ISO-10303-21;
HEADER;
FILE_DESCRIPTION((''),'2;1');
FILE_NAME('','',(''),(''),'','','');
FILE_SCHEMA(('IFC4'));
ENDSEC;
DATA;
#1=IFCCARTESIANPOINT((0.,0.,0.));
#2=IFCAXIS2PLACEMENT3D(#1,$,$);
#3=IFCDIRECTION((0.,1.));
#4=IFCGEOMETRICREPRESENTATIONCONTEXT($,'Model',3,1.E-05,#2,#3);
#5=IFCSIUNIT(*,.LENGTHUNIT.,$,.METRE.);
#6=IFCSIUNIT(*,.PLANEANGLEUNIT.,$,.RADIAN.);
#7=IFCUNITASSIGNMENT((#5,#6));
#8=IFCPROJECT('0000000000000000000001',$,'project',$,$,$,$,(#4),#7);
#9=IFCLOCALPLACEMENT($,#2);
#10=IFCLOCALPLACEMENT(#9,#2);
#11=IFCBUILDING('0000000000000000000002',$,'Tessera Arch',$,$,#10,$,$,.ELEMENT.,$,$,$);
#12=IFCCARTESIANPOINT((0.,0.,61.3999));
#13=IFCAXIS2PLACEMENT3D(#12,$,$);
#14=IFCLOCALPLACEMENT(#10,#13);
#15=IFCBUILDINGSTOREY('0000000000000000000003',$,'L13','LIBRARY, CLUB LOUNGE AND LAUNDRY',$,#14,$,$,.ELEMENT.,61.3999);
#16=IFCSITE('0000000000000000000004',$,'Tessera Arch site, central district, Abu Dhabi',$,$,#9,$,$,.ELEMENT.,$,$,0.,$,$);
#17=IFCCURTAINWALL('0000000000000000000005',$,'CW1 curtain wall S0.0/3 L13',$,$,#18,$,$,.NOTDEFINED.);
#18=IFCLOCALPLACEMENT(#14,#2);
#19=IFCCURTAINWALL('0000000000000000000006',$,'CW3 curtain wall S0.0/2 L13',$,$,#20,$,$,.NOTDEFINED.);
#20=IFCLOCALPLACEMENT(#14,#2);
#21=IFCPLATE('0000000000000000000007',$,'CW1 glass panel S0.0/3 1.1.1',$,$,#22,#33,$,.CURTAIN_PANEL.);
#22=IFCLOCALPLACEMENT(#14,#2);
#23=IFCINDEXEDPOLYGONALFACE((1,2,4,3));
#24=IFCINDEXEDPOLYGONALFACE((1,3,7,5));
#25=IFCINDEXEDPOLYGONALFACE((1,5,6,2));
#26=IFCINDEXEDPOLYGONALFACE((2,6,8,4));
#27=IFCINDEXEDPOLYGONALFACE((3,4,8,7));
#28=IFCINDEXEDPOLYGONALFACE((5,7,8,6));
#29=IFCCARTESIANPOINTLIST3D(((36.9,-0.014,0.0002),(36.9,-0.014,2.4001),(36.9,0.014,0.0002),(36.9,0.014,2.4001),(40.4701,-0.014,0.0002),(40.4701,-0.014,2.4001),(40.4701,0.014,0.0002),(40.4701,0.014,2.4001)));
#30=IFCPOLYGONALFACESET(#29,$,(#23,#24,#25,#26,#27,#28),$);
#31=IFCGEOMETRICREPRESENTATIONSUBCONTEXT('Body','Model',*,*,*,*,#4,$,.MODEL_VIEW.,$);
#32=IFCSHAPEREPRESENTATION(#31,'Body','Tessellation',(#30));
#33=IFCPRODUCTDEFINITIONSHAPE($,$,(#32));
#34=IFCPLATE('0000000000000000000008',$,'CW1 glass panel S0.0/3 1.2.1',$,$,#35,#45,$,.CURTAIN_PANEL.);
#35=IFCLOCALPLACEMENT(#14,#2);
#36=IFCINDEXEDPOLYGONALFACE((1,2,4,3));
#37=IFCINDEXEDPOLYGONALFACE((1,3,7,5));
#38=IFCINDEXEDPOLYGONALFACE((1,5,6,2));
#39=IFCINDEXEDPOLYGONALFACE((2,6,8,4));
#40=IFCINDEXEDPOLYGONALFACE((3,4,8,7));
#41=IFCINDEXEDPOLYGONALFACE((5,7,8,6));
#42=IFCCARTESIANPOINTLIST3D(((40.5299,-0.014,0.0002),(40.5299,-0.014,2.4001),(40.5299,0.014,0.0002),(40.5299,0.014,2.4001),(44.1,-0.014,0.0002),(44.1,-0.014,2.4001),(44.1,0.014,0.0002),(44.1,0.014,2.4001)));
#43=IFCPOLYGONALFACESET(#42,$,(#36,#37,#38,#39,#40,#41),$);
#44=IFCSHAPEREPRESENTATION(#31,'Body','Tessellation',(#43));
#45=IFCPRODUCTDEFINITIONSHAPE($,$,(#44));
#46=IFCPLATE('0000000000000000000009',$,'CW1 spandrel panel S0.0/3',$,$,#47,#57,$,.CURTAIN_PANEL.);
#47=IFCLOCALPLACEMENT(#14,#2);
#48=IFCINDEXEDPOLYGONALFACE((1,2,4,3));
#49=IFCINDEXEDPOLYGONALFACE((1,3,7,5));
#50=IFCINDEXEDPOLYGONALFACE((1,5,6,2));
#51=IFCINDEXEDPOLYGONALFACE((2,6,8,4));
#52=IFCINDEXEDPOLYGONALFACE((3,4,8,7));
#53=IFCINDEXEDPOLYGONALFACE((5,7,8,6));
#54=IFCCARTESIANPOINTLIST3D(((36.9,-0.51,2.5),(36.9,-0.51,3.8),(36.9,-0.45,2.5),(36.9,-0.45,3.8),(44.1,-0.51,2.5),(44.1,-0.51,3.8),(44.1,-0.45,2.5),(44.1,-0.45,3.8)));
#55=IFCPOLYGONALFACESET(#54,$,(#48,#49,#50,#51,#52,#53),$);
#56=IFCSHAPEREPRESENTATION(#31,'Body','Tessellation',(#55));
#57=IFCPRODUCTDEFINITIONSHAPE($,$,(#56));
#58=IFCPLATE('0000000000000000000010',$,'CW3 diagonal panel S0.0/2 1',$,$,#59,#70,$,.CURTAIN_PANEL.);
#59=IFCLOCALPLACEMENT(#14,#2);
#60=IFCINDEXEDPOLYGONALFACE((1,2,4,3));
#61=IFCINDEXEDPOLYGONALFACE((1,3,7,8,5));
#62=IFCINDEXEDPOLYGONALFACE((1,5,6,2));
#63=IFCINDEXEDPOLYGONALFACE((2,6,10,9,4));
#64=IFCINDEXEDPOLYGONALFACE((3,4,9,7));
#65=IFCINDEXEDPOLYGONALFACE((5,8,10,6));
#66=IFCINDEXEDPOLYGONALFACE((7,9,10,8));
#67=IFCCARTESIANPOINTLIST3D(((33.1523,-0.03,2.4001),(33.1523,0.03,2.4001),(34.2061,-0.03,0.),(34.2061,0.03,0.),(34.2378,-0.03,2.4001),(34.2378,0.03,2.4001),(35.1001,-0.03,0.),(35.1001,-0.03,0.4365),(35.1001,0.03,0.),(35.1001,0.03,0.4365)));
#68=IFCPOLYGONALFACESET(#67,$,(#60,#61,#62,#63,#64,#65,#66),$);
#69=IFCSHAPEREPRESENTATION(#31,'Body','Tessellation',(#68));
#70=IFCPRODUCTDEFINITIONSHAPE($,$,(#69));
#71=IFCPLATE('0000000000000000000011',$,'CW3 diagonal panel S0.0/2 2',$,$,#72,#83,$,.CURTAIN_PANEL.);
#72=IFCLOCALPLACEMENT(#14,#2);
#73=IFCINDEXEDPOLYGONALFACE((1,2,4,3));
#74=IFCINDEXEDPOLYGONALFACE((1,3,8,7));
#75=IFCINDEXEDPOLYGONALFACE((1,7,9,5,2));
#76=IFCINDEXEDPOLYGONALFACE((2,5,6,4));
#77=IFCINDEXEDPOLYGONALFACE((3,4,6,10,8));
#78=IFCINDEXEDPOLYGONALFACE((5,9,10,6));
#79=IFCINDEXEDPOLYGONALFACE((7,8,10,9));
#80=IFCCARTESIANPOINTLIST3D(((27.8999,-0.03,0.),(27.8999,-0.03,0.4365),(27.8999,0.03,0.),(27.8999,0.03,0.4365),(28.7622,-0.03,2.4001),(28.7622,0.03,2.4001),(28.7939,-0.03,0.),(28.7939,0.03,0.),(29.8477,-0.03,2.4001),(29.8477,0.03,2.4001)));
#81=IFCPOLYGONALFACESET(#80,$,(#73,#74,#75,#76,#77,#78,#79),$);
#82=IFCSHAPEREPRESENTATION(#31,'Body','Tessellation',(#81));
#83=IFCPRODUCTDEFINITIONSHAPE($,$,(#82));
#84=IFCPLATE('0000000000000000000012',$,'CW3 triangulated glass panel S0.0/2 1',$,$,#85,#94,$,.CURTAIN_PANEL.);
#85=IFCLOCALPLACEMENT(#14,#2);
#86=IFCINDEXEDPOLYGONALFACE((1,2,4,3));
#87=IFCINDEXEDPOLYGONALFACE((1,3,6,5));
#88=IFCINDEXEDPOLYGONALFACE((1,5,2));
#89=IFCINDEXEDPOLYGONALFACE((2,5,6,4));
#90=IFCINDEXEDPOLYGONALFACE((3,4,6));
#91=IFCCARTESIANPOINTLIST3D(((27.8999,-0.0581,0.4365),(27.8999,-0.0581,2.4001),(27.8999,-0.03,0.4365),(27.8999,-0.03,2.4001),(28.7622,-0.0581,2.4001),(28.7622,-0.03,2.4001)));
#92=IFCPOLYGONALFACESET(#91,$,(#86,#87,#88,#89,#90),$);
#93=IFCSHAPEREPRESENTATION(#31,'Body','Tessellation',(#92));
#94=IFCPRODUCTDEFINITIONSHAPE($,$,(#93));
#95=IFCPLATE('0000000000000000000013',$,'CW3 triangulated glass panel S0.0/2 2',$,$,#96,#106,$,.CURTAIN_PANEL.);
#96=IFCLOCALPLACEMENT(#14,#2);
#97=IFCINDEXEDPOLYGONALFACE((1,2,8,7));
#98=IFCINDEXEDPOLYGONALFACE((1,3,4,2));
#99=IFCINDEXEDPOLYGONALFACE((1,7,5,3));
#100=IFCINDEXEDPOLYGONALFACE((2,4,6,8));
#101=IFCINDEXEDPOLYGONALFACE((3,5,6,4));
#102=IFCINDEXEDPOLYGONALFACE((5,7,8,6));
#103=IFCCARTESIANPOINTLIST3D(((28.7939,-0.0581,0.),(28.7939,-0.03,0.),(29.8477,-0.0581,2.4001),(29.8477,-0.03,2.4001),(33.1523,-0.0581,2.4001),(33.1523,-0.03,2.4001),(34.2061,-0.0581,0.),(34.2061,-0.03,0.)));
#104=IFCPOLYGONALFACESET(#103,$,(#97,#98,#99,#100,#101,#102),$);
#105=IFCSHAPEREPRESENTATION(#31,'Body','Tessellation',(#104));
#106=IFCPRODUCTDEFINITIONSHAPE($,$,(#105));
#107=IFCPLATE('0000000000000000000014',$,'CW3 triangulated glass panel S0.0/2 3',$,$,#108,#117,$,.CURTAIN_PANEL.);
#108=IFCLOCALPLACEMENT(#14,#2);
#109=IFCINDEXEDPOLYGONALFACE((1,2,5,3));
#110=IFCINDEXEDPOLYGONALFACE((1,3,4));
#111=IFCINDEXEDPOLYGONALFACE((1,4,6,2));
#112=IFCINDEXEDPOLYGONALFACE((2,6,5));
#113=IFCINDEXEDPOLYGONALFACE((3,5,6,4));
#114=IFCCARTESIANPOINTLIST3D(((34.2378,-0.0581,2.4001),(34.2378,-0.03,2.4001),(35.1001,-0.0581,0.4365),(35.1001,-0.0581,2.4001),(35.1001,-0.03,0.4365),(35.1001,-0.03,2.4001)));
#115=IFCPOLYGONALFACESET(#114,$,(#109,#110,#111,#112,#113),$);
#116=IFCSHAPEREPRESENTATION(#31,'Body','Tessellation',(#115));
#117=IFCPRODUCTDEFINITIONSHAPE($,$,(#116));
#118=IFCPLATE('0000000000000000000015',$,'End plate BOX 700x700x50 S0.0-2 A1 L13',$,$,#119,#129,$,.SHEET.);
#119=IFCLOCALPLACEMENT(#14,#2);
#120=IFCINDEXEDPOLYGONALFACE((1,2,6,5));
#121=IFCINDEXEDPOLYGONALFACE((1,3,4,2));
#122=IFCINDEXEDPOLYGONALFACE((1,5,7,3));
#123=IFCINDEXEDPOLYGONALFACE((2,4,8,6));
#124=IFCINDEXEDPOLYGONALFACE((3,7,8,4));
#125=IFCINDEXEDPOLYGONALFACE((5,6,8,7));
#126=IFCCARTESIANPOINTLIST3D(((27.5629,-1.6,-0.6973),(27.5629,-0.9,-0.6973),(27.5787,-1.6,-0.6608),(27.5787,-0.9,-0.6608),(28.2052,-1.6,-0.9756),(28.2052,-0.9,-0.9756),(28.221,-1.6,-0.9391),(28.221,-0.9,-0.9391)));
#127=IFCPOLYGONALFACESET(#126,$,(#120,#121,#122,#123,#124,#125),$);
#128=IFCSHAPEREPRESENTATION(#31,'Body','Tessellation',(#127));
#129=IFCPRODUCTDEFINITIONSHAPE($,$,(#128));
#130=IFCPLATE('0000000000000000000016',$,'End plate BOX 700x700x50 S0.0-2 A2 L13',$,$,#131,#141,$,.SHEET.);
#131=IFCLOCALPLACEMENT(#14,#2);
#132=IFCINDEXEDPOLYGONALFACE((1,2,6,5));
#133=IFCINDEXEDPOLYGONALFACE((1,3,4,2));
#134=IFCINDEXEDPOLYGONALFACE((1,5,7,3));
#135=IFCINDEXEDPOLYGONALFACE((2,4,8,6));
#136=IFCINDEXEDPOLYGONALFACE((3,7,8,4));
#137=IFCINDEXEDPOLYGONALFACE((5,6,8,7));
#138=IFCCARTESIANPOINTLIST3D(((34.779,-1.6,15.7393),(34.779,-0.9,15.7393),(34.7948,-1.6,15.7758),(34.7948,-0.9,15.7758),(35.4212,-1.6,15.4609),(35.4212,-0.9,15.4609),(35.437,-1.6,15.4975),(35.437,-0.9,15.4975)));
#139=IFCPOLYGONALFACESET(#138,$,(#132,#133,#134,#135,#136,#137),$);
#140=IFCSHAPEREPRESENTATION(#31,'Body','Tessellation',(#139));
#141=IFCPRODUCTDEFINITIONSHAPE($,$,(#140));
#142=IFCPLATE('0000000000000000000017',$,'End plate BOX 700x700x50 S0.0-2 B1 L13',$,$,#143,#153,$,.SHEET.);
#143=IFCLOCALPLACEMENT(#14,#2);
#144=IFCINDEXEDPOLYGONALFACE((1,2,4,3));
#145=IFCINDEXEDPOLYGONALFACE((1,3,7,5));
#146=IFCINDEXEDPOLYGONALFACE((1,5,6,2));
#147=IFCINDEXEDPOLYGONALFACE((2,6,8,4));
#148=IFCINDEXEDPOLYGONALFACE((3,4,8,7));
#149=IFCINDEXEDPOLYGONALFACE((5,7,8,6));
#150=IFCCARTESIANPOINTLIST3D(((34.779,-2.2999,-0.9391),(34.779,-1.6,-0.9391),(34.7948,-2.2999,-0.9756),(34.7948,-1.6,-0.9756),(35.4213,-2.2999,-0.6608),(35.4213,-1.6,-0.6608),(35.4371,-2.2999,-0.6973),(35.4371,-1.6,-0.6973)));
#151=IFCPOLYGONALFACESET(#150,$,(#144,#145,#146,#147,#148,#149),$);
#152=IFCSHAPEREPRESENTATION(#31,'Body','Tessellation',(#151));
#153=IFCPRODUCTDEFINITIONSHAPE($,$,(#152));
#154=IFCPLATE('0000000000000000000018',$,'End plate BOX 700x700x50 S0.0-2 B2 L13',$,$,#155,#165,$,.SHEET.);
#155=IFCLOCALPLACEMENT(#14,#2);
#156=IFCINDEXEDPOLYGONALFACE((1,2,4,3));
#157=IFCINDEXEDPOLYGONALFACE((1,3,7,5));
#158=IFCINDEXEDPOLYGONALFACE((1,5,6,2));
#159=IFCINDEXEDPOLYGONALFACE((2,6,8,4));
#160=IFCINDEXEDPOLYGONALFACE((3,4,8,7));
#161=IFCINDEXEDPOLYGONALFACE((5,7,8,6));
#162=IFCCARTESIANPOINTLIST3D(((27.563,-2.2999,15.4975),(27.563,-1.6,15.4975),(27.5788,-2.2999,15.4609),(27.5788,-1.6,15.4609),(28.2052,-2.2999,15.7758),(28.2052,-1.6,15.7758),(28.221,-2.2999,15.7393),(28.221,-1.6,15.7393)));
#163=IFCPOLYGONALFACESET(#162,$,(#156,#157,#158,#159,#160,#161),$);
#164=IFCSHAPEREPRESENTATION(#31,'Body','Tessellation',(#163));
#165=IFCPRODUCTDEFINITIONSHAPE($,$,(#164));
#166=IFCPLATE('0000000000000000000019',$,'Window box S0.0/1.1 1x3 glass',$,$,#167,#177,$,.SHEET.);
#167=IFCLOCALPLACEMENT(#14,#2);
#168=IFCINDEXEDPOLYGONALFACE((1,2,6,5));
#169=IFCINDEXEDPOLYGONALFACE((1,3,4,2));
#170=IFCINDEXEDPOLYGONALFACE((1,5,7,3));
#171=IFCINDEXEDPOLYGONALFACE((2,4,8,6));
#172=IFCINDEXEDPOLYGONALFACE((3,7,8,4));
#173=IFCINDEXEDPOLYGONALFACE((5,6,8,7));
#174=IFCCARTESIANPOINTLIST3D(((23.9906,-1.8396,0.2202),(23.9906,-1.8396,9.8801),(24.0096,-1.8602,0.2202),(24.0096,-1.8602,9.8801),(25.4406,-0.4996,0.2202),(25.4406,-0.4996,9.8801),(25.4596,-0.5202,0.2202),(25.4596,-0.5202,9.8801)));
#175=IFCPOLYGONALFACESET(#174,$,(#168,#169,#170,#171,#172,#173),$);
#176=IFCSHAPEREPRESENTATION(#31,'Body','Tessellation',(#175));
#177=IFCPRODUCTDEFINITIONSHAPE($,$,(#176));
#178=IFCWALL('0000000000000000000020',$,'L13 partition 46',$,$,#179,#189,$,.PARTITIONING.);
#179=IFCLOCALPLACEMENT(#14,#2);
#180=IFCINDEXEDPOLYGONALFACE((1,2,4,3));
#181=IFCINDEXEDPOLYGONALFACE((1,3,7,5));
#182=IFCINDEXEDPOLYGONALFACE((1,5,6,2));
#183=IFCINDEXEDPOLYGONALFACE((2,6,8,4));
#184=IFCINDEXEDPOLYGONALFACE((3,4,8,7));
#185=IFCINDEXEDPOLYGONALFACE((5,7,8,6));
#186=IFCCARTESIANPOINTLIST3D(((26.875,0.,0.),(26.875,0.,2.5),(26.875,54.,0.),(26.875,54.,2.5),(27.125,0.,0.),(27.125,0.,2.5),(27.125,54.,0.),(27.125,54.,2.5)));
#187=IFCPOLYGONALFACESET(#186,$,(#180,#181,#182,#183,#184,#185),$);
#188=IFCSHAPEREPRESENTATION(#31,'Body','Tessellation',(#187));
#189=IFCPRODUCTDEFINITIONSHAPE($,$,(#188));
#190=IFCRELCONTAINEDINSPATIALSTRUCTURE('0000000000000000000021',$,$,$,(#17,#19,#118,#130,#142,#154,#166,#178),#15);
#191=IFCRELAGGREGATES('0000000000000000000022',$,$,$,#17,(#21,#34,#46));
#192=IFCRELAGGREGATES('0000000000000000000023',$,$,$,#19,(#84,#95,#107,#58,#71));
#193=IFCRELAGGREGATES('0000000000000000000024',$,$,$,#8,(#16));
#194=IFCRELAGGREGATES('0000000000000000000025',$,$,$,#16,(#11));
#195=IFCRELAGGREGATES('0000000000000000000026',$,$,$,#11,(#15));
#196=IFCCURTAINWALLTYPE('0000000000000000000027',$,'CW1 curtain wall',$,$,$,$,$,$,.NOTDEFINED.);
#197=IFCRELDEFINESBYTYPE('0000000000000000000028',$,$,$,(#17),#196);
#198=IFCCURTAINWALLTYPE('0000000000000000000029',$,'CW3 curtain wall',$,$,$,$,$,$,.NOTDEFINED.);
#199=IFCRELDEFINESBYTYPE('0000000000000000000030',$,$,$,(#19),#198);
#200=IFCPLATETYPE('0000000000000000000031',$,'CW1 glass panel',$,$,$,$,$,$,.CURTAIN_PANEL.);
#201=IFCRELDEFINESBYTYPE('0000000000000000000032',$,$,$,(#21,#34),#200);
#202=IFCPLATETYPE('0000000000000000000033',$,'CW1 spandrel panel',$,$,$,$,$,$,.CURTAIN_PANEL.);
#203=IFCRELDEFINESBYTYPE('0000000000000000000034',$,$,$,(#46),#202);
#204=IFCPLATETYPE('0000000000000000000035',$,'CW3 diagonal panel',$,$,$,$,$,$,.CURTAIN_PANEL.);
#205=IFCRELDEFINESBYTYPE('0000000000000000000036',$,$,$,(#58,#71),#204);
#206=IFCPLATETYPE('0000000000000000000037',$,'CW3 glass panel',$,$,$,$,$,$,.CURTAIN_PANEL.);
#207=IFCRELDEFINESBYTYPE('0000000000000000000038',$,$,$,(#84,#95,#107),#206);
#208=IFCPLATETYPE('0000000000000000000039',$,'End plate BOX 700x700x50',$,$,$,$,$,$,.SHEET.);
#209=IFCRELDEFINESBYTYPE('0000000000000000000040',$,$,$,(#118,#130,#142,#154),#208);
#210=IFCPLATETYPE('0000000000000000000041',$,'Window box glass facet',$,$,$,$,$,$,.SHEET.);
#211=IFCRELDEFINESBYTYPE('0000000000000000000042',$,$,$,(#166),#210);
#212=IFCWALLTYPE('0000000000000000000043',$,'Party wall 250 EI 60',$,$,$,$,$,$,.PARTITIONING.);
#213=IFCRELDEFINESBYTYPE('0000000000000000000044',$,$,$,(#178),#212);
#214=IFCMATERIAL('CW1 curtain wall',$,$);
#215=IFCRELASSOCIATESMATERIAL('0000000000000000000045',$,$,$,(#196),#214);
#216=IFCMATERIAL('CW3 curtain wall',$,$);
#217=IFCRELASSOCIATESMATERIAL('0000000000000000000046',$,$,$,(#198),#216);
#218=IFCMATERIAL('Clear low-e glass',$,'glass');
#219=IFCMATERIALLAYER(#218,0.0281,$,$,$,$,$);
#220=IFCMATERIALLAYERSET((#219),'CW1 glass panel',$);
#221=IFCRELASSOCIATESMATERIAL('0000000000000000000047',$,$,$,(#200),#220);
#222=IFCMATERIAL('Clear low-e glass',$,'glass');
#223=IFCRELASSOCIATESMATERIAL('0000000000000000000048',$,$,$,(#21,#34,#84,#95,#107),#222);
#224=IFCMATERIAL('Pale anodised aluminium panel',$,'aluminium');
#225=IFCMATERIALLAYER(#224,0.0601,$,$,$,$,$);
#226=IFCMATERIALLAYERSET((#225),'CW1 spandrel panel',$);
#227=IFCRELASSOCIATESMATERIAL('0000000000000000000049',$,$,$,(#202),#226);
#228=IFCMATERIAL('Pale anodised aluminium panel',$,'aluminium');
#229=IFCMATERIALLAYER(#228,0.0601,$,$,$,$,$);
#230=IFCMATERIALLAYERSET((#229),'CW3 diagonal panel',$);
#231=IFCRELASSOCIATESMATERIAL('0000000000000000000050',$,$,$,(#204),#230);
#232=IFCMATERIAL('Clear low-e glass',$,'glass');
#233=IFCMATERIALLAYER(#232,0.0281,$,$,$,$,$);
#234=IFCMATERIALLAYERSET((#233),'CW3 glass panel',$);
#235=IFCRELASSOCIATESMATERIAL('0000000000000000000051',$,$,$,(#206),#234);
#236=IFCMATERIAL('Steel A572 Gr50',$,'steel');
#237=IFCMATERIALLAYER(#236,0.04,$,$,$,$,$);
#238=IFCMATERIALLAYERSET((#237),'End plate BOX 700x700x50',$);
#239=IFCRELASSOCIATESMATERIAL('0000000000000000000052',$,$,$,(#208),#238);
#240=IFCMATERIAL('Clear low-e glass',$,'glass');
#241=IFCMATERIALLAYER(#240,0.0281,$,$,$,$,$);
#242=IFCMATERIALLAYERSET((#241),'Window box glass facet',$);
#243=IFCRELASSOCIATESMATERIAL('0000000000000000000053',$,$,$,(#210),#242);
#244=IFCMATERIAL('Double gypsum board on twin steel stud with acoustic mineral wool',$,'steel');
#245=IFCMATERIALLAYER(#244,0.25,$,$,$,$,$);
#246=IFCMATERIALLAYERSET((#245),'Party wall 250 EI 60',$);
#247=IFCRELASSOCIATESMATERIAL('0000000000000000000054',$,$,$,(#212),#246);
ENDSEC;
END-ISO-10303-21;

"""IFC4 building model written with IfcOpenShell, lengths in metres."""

from ifc_helpers import new_model, si_unit, direction, frame, frame_2d, origin, origin_2d, place, context, subcontext, project, spatial, polyline, rectangle, outline, extrude, material, layer, layer_set, type_object, element, aggregate, save


model = new_model("IFC4")

# Units and contexts
model_context = context("Model", 3, precision=1e-05, world=origin(), true_north=direction((0.0, 1.0)))
body_context = subcontext(model_context, "Body", "Model", "MODEL_VIEW")
ifc_project = project(units=[si_unit("LENGTHUNIT", "METRE"), si_unit("PLANEANGLEUNIT", "RADIAN")], contexts=[model_context])

# Site, building, storey
site_placement = place(None, origin())
site = spatial("IfcSite", under=ifc_project, at=site_placement, Name="Tessera Arch site, central district, Abu Dhabi", CompositionType="ELEMENT", RefElevation=0.0)
building_placement = place(site_placement, origin())
building = spatial("IfcBuilding", under=site, at=building_placement, Name="Tessera Arch", CompositionType="ELEMENT")
storey_placement = place(building_placement, frame((0.0, 0.0, 61.3999)))
storey = spatial("IfcBuildingStorey", under=building, at=storey_placement, Name="L13", Description="LIBRARY, CLUB LOUNGE AND LAUNDRY", CompositionType="ELEMENT", Elevation=61.3999)

# Curtain wall
ifc_material_1 = material(Name="CW1 curtain wall")
curtain_wall_type_1 = type_object("IfcCurtainWallType", Name="CW1 curtain wall", PredefinedType="NOTDEFINED", material=ifc_material_1)
curtain_wall_1_placement = place(storey_placement, origin())
curtain_wall_1 = element("IfcCurtainWall", 1, at=curtain_wall_1_placement, inside=storey, type_object=curtain_wall_type_1, Name="CW1 curtain wall S0.0/3 L13", PredefinedType="NOTDEFINED")

# Curtain wall
ifc_material_2 = material(Name="CW3 curtain wall")
curtain_wall_type_2 = type_object("IfcCurtainWallType", Name="CW3 curtain wall", PredefinedType="NOTDEFINED", material=ifc_material_2)
curtain_wall_2_placement = place(storey_placement, origin())
curtain_wall_2 = element("IfcCurtainWall", 2, at=curtain_wall_2_placement, inside=storey, type_object=curtain_wall_type_2, Name="CW3 curtain wall S0.0/2 L13", PredefinedType="NOTDEFINED")

# Shared definitions
ifc_material_3 = material(Name="Clear low-e glass", Category="glass")
ifc_material_4 = material(Name="Clear low-e glass", Category="glass")
ifc_layer_1 = layer(ifc_material_4, 0.0281)
ifc_layer_set_1 = layer_set([ifc_layer_1], Name="CW1 glass panel")
plate_type_1 = type_object("IfcPlateType", Name="CW1 glass panel", PredefinedType="CURTAIN_PANEL", material=ifc_layer_set_1)

# Plates
plate_1_placement = place(storey_placement, frame((38.6851, 0.0, 0.0002), z_axis=(0.0, 0.0, 1.0), x_axis=(1.0, 0.0, 0.0)))
plate_1 = element("IfcPlate", 3, at=plate_1_placement, type_object=plate_type_1, material=ifc_material_3, Name="CW1 glass panel S0.0/3 1.1.1", PredefinedType="CURTAIN_PANEL", context=body_context, shape_type="SweptSolid", body=[
    extrude(rectangle(XDim=3.5701, YDim=0.0281, at=origin_2d()), origin(), (0.0, 0.0, 1.0), 2.3999),
])
plate_2_placement = place(storey_placement, frame((42.3149, 0.0, 0.0002), z_axis=(0.0, 0.0, 1.0), x_axis=(1.0, 0.0, 0.0)))
plate_2 = element("IfcPlate", 4, at=plate_2_placement, type_object=plate_type_1, material=ifc_material_3, Name="CW1 glass panel S0.0/3 1.2.1", PredefinedType="CURTAIN_PANEL", context=body_context, shape_type="SweptSolid", body=[
    extrude(rectangle(XDim=3.5701, YDim=0.0281, at=origin_2d()), origin(), (0.0, 0.0, 1.0), 2.3999),
])
ifc_material_5 = material(Name="Pale anodised aluminium panel", Category="aluminium")
ifc_layer_2 = layer(ifc_material_5, 0.0601)
ifc_layer_set_2 = layer_set([ifc_layer_2], Name="CW1 spandrel panel")
plate_type_2 = type_object("IfcPlateType", Name="CW1 spandrel panel", PredefinedType="CURTAIN_PANEL", material=ifc_layer_set_2)
plate_3_placement = place(storey_placement, frame((40.5, -0.48, 2.5), z_axis=(0.0, 0.0, 1.0), x_axis=(1.0, 0.0, 0.0)))
plate_3 = element("IfcPlate", 5, at=plate_3_placement, type_object=plate_type_2, Name="CW1 spandrel panel S0.0/3", PredefinedType="CURTAIN_PANEL", context=body_context, shape_type="SweptSolid", body=[
    extrude(rectangle(XDim=7.2, YDim=0.0601, at=origin_2d()), origin(), (0.0, 0.0, 1.0), 1.3),
])
aggregate(curtain_wall_1, [plate_1, plate_2, plate_3])
ifc_material_6 = material(Name="Pale anodised aluminium panel", Category="aluminium")
ifc_layer_3 = layer(ifc_material_6, 0.0601)
ifc_layer_set_3 = layer_set([ifc_layer_3], Name="CW3 diagonal panel")
plate_type_3 = type_object("IfcPlateType", Name="CW3 diagonal panel", PredefinedType="CURTAIN_PANEL", material=ifc_layer_set_3)
plate_4_placement = place(storey_placement, frame((35.1001, -0.03, 0.0), z_axis=(0.0, -1.0, 0.0), x_axis=(0.0, 0.0, 1.0)))
plate_4 = element("IfcPlate", 6, at=plate_4_placement, type_object=plate_type_3, Name="CW3 diagonal panel S0.0/2 1", PredefinedType="CURTAIN_PANEL", context=body_context, shape_type="SweptSolid", body=[
    extrude(outline(polyline([(0.0, 0.0), (0.4365, 0.0), (2.4001, 0.8623), (2.4001, 1.9478), (0.0, 0.894), (0.0, 0.0)])), origin(), (0.0, 0.0, -1.0), 0.0601),
])
plate_5_placement = place(storey_placement, frame((29.8477, -0.03, 2.4001), z_axis=(0.0, -1.0, 0.0), x_axis=(-1.0, 0.0, 0.0)))
plate_5 = element("IfcPlate", 7, at=plate_5_placement, type_object=plate_type_3, Name="CW3 diagonal panel S0.0/2 2", PredefinedType="CURTAIN_PANEL", context=body_context, shape_type="SweptSolid", body=[
    extrude(outline(polyline([(0.0, 0.0), (1.0854, 0.0), (1.9478, 1.9636), (1.9478, 2.4001), (1.0537, 2.4001), (0.0, 0.0)])), origin(), (0.0, 0.0, -1.0), 0.0601),
])
ifc_material_7 = material(Name="Clear low-e glass", Category="glass")
ifc_layer_4 = layer(ifc_material_7, 0.0281)
ifc_layer_set_4 = layer_set([ifc_layer_4], Name="CW3 glass panel")
plate_type_4 = type_object("IfcPlateType", Name="CW3 glass panel", PredefinedType="CURTAIN_PANEL", material=ifc_layer_set_4)
plate_6_placement = place(storey_placement, frame((27.8999, -0.0581, 2.4001), z_axis=(0.0, -1.0, 0.0), x_axis=(0.0, 0.0, -1.0)))
plate_6 = element("IfcPlate", 8, at=plate_6_placement, type_object=plate_type_4, material=ifc_material_3, Name="CW3 triangulated glass panel S0.0/2 1", PredefinedType="CURTAIN_PANEL", context=body_context, shape_type="SweptSolid", body=[
    extrude(outline(polyline([(0.0, 0.0), (1.9636, 0.0), (0.0, 0.8623), (0.0, 0.0)])), origin(), (0.0, 0.0, -1.0), 0.0281),
])
plate_7_placement = place(storey_placement, frame((33.1523, -0.0581, 2.4001), z_axis=(0.0, -1.0, 0.0), x_axis=(-1.0, 0.0, 0.0)))
plate_7 = element("IfcPlate", 9, at=plate_7_placement, type_object=plate_type_4, material=ifc_material_3, Name="CW3 triangulated glass panel S0.0/2 2", PredefinedType="CURTAIN_PANEL", context=body_context, shape_type="SweptSolid", body=[
    extrude(outline(polyline([(0.0, 0.0), (3.3047, 0.0), (4.3584, 2.4001), (-1.0537, 2.4001), (0.0, 0.0)])), origin(), (0.0, 0.0, -1.0), 0.0281),
])
plate_8_placement = place(storey_placement, frame((35.1001, -0.0581, 2.4001), z_axis=(0.0, -1.0, 0.0), x_axis=(-1.0, 0.0, 0.0)))
plate_8 = element("IfcPlate", 10, at=plate_8_placement, type_object=plate_type_4, material=ifc_material_3, Name="CW3 triangulated glass panel S0.0/2 3", PredefinedType="CURTAIN_PANEL", context=body_context, shape_type="SweptSolid", body=[
    extrude(outline(polyline([(0.0, 0.0), (0.8623, 0.0), (0.0, 1.9636), (0.0, 0.0)])), origin(), (0.0, 0.0, -1.0), 0.0281),
])
aggregate(curtain_wall_2, [plate_6, plate_7, plate_8, plate_4, plate_5])

# Plates
ifc_material_8 = material(Name="Steel A572 Gr50", Category="steel")
ifc_layer_5 = layer(ifc_material_8, 0.04)
ifc_layer_set_5 = layer_set([ifc_layer_5], Name="End plate BOX 700x700x50")
plate_type_5 = type_object("IfcPlateType", Name="End plate BOX 700x700x50", PredefinedType="SHEET", material=ifc_layer_set_5)
for number, where, z_axis, x_axis, name in (
    (11, (27.884, -1.25, -0.8364), (0.397607, 0.0, 0.917556), (0.0, 1.0, 0.0), "End plate BOX 700x700x50 S0.0-2 A1 L13"),
    (12, (35.1001, -1.25, 15.6001), (0.397607, 0.0, 0.917556), (0.0, 1.0, 0.0), "End plate BOX 700x700x50 S0.0-2 A2 L13"),
    (13, (35.116, -1.95, -0.8364), (-0.397607, 0.0, 0.917556), (0.0, -1.0, 0.0), "End plate BOX 700x700x50 S0.0-2 B1 L13"),
    (14, (27.8999, -1.95, 15.6001), (-0.397607, 0.0, 0.917556), (0.0, -1.0, 0.0), "End plate BOX 700x700x50 S0.0-2 B2 L13"),
):
    element("IfcPlate", number, at=place(storey_placement, frame(where, z_axis=z_axis, x_axis=x_axis)), inside=storey, type_object=plate_type_5, Name=name, PredefinedType="SHEET", context=body_context, shape_type="SweptSolid", body=[
        extrude(rectangle(XDim=0.7, YDim=0.7, at=origin_2d()), origin(), (0.0, 0.0, 1.0), 0.0398),
    ])
ifc_material_9 = material(Name="Clear low-e glass", Category="glass")
ifc_layer_6 = layer(ifc_material_9, 0.0281)
ifc_layer_set_6 = layer_set([ifc_layer_6], Name="Window box glass facet")
plate_type_6 = type_object("IfcPlateType", Name="Window box glass facet", PredefinedType="SHEET", material=ifc_layer_set_6)
plate_9_placement = place(storey_placement, frame((24.7251, -1.1799, 0.2202), z_axis=(0.0, 0.0, 1.0), x_axis=(-0.734415, -0.678701, 0.0)))
element("IfcPlate", 15, at=plate_9_placement, inside=storey, type_object=plate_type_6, Name="Window box S0.0/1.1 1x3 glass", PredefinedType="SHEET", context=body_context, shape_type="SweptSolid", body=[
    extrude(rectangle(XDim=1.9744, YDim=0.0281, at=origin_2d()), origin(), (0.0, 0.0, 1.0), 9.6599),
])

# Wall
ifc_material_10 = material(Name="Double gypsum board on twin steel stud with acoustic mineral wool", Category="steel")
ifc_layer_7 = layer(ifc_material_10, 0.25)
ifc_layer_set_7 = layer_set([ifc_layer_7], Name="Party wall 250 EI 60")
wall_type = type_object("IfcWallType", Name="Party wall 250 EI 60", PredefinedType="PARTITIONING", material=ifc_layer_set_7)
wall_1_placement = place(storey_placement, frame((27.0, 0.0, 0.0), z_axis=(0.0, 0.0, 1.0), x_axis=(0.0, 1.0, 0.0)))
element("IfcWall", 16, at=wall_1_placement, inside=storey, type_object=wall_type, Name="L13 partition 46", PredefinedType="PARTITIONING", context=body_context, shape_type="SweptSolid", body=[
    extrude(rectangle(XDim=54.0, YDim=0.25, at=frame_2d((27.0, 0.0))), origin(), (0.0, 0.0, 1.0), 2.5),
])

save(model, "model.ifc")
